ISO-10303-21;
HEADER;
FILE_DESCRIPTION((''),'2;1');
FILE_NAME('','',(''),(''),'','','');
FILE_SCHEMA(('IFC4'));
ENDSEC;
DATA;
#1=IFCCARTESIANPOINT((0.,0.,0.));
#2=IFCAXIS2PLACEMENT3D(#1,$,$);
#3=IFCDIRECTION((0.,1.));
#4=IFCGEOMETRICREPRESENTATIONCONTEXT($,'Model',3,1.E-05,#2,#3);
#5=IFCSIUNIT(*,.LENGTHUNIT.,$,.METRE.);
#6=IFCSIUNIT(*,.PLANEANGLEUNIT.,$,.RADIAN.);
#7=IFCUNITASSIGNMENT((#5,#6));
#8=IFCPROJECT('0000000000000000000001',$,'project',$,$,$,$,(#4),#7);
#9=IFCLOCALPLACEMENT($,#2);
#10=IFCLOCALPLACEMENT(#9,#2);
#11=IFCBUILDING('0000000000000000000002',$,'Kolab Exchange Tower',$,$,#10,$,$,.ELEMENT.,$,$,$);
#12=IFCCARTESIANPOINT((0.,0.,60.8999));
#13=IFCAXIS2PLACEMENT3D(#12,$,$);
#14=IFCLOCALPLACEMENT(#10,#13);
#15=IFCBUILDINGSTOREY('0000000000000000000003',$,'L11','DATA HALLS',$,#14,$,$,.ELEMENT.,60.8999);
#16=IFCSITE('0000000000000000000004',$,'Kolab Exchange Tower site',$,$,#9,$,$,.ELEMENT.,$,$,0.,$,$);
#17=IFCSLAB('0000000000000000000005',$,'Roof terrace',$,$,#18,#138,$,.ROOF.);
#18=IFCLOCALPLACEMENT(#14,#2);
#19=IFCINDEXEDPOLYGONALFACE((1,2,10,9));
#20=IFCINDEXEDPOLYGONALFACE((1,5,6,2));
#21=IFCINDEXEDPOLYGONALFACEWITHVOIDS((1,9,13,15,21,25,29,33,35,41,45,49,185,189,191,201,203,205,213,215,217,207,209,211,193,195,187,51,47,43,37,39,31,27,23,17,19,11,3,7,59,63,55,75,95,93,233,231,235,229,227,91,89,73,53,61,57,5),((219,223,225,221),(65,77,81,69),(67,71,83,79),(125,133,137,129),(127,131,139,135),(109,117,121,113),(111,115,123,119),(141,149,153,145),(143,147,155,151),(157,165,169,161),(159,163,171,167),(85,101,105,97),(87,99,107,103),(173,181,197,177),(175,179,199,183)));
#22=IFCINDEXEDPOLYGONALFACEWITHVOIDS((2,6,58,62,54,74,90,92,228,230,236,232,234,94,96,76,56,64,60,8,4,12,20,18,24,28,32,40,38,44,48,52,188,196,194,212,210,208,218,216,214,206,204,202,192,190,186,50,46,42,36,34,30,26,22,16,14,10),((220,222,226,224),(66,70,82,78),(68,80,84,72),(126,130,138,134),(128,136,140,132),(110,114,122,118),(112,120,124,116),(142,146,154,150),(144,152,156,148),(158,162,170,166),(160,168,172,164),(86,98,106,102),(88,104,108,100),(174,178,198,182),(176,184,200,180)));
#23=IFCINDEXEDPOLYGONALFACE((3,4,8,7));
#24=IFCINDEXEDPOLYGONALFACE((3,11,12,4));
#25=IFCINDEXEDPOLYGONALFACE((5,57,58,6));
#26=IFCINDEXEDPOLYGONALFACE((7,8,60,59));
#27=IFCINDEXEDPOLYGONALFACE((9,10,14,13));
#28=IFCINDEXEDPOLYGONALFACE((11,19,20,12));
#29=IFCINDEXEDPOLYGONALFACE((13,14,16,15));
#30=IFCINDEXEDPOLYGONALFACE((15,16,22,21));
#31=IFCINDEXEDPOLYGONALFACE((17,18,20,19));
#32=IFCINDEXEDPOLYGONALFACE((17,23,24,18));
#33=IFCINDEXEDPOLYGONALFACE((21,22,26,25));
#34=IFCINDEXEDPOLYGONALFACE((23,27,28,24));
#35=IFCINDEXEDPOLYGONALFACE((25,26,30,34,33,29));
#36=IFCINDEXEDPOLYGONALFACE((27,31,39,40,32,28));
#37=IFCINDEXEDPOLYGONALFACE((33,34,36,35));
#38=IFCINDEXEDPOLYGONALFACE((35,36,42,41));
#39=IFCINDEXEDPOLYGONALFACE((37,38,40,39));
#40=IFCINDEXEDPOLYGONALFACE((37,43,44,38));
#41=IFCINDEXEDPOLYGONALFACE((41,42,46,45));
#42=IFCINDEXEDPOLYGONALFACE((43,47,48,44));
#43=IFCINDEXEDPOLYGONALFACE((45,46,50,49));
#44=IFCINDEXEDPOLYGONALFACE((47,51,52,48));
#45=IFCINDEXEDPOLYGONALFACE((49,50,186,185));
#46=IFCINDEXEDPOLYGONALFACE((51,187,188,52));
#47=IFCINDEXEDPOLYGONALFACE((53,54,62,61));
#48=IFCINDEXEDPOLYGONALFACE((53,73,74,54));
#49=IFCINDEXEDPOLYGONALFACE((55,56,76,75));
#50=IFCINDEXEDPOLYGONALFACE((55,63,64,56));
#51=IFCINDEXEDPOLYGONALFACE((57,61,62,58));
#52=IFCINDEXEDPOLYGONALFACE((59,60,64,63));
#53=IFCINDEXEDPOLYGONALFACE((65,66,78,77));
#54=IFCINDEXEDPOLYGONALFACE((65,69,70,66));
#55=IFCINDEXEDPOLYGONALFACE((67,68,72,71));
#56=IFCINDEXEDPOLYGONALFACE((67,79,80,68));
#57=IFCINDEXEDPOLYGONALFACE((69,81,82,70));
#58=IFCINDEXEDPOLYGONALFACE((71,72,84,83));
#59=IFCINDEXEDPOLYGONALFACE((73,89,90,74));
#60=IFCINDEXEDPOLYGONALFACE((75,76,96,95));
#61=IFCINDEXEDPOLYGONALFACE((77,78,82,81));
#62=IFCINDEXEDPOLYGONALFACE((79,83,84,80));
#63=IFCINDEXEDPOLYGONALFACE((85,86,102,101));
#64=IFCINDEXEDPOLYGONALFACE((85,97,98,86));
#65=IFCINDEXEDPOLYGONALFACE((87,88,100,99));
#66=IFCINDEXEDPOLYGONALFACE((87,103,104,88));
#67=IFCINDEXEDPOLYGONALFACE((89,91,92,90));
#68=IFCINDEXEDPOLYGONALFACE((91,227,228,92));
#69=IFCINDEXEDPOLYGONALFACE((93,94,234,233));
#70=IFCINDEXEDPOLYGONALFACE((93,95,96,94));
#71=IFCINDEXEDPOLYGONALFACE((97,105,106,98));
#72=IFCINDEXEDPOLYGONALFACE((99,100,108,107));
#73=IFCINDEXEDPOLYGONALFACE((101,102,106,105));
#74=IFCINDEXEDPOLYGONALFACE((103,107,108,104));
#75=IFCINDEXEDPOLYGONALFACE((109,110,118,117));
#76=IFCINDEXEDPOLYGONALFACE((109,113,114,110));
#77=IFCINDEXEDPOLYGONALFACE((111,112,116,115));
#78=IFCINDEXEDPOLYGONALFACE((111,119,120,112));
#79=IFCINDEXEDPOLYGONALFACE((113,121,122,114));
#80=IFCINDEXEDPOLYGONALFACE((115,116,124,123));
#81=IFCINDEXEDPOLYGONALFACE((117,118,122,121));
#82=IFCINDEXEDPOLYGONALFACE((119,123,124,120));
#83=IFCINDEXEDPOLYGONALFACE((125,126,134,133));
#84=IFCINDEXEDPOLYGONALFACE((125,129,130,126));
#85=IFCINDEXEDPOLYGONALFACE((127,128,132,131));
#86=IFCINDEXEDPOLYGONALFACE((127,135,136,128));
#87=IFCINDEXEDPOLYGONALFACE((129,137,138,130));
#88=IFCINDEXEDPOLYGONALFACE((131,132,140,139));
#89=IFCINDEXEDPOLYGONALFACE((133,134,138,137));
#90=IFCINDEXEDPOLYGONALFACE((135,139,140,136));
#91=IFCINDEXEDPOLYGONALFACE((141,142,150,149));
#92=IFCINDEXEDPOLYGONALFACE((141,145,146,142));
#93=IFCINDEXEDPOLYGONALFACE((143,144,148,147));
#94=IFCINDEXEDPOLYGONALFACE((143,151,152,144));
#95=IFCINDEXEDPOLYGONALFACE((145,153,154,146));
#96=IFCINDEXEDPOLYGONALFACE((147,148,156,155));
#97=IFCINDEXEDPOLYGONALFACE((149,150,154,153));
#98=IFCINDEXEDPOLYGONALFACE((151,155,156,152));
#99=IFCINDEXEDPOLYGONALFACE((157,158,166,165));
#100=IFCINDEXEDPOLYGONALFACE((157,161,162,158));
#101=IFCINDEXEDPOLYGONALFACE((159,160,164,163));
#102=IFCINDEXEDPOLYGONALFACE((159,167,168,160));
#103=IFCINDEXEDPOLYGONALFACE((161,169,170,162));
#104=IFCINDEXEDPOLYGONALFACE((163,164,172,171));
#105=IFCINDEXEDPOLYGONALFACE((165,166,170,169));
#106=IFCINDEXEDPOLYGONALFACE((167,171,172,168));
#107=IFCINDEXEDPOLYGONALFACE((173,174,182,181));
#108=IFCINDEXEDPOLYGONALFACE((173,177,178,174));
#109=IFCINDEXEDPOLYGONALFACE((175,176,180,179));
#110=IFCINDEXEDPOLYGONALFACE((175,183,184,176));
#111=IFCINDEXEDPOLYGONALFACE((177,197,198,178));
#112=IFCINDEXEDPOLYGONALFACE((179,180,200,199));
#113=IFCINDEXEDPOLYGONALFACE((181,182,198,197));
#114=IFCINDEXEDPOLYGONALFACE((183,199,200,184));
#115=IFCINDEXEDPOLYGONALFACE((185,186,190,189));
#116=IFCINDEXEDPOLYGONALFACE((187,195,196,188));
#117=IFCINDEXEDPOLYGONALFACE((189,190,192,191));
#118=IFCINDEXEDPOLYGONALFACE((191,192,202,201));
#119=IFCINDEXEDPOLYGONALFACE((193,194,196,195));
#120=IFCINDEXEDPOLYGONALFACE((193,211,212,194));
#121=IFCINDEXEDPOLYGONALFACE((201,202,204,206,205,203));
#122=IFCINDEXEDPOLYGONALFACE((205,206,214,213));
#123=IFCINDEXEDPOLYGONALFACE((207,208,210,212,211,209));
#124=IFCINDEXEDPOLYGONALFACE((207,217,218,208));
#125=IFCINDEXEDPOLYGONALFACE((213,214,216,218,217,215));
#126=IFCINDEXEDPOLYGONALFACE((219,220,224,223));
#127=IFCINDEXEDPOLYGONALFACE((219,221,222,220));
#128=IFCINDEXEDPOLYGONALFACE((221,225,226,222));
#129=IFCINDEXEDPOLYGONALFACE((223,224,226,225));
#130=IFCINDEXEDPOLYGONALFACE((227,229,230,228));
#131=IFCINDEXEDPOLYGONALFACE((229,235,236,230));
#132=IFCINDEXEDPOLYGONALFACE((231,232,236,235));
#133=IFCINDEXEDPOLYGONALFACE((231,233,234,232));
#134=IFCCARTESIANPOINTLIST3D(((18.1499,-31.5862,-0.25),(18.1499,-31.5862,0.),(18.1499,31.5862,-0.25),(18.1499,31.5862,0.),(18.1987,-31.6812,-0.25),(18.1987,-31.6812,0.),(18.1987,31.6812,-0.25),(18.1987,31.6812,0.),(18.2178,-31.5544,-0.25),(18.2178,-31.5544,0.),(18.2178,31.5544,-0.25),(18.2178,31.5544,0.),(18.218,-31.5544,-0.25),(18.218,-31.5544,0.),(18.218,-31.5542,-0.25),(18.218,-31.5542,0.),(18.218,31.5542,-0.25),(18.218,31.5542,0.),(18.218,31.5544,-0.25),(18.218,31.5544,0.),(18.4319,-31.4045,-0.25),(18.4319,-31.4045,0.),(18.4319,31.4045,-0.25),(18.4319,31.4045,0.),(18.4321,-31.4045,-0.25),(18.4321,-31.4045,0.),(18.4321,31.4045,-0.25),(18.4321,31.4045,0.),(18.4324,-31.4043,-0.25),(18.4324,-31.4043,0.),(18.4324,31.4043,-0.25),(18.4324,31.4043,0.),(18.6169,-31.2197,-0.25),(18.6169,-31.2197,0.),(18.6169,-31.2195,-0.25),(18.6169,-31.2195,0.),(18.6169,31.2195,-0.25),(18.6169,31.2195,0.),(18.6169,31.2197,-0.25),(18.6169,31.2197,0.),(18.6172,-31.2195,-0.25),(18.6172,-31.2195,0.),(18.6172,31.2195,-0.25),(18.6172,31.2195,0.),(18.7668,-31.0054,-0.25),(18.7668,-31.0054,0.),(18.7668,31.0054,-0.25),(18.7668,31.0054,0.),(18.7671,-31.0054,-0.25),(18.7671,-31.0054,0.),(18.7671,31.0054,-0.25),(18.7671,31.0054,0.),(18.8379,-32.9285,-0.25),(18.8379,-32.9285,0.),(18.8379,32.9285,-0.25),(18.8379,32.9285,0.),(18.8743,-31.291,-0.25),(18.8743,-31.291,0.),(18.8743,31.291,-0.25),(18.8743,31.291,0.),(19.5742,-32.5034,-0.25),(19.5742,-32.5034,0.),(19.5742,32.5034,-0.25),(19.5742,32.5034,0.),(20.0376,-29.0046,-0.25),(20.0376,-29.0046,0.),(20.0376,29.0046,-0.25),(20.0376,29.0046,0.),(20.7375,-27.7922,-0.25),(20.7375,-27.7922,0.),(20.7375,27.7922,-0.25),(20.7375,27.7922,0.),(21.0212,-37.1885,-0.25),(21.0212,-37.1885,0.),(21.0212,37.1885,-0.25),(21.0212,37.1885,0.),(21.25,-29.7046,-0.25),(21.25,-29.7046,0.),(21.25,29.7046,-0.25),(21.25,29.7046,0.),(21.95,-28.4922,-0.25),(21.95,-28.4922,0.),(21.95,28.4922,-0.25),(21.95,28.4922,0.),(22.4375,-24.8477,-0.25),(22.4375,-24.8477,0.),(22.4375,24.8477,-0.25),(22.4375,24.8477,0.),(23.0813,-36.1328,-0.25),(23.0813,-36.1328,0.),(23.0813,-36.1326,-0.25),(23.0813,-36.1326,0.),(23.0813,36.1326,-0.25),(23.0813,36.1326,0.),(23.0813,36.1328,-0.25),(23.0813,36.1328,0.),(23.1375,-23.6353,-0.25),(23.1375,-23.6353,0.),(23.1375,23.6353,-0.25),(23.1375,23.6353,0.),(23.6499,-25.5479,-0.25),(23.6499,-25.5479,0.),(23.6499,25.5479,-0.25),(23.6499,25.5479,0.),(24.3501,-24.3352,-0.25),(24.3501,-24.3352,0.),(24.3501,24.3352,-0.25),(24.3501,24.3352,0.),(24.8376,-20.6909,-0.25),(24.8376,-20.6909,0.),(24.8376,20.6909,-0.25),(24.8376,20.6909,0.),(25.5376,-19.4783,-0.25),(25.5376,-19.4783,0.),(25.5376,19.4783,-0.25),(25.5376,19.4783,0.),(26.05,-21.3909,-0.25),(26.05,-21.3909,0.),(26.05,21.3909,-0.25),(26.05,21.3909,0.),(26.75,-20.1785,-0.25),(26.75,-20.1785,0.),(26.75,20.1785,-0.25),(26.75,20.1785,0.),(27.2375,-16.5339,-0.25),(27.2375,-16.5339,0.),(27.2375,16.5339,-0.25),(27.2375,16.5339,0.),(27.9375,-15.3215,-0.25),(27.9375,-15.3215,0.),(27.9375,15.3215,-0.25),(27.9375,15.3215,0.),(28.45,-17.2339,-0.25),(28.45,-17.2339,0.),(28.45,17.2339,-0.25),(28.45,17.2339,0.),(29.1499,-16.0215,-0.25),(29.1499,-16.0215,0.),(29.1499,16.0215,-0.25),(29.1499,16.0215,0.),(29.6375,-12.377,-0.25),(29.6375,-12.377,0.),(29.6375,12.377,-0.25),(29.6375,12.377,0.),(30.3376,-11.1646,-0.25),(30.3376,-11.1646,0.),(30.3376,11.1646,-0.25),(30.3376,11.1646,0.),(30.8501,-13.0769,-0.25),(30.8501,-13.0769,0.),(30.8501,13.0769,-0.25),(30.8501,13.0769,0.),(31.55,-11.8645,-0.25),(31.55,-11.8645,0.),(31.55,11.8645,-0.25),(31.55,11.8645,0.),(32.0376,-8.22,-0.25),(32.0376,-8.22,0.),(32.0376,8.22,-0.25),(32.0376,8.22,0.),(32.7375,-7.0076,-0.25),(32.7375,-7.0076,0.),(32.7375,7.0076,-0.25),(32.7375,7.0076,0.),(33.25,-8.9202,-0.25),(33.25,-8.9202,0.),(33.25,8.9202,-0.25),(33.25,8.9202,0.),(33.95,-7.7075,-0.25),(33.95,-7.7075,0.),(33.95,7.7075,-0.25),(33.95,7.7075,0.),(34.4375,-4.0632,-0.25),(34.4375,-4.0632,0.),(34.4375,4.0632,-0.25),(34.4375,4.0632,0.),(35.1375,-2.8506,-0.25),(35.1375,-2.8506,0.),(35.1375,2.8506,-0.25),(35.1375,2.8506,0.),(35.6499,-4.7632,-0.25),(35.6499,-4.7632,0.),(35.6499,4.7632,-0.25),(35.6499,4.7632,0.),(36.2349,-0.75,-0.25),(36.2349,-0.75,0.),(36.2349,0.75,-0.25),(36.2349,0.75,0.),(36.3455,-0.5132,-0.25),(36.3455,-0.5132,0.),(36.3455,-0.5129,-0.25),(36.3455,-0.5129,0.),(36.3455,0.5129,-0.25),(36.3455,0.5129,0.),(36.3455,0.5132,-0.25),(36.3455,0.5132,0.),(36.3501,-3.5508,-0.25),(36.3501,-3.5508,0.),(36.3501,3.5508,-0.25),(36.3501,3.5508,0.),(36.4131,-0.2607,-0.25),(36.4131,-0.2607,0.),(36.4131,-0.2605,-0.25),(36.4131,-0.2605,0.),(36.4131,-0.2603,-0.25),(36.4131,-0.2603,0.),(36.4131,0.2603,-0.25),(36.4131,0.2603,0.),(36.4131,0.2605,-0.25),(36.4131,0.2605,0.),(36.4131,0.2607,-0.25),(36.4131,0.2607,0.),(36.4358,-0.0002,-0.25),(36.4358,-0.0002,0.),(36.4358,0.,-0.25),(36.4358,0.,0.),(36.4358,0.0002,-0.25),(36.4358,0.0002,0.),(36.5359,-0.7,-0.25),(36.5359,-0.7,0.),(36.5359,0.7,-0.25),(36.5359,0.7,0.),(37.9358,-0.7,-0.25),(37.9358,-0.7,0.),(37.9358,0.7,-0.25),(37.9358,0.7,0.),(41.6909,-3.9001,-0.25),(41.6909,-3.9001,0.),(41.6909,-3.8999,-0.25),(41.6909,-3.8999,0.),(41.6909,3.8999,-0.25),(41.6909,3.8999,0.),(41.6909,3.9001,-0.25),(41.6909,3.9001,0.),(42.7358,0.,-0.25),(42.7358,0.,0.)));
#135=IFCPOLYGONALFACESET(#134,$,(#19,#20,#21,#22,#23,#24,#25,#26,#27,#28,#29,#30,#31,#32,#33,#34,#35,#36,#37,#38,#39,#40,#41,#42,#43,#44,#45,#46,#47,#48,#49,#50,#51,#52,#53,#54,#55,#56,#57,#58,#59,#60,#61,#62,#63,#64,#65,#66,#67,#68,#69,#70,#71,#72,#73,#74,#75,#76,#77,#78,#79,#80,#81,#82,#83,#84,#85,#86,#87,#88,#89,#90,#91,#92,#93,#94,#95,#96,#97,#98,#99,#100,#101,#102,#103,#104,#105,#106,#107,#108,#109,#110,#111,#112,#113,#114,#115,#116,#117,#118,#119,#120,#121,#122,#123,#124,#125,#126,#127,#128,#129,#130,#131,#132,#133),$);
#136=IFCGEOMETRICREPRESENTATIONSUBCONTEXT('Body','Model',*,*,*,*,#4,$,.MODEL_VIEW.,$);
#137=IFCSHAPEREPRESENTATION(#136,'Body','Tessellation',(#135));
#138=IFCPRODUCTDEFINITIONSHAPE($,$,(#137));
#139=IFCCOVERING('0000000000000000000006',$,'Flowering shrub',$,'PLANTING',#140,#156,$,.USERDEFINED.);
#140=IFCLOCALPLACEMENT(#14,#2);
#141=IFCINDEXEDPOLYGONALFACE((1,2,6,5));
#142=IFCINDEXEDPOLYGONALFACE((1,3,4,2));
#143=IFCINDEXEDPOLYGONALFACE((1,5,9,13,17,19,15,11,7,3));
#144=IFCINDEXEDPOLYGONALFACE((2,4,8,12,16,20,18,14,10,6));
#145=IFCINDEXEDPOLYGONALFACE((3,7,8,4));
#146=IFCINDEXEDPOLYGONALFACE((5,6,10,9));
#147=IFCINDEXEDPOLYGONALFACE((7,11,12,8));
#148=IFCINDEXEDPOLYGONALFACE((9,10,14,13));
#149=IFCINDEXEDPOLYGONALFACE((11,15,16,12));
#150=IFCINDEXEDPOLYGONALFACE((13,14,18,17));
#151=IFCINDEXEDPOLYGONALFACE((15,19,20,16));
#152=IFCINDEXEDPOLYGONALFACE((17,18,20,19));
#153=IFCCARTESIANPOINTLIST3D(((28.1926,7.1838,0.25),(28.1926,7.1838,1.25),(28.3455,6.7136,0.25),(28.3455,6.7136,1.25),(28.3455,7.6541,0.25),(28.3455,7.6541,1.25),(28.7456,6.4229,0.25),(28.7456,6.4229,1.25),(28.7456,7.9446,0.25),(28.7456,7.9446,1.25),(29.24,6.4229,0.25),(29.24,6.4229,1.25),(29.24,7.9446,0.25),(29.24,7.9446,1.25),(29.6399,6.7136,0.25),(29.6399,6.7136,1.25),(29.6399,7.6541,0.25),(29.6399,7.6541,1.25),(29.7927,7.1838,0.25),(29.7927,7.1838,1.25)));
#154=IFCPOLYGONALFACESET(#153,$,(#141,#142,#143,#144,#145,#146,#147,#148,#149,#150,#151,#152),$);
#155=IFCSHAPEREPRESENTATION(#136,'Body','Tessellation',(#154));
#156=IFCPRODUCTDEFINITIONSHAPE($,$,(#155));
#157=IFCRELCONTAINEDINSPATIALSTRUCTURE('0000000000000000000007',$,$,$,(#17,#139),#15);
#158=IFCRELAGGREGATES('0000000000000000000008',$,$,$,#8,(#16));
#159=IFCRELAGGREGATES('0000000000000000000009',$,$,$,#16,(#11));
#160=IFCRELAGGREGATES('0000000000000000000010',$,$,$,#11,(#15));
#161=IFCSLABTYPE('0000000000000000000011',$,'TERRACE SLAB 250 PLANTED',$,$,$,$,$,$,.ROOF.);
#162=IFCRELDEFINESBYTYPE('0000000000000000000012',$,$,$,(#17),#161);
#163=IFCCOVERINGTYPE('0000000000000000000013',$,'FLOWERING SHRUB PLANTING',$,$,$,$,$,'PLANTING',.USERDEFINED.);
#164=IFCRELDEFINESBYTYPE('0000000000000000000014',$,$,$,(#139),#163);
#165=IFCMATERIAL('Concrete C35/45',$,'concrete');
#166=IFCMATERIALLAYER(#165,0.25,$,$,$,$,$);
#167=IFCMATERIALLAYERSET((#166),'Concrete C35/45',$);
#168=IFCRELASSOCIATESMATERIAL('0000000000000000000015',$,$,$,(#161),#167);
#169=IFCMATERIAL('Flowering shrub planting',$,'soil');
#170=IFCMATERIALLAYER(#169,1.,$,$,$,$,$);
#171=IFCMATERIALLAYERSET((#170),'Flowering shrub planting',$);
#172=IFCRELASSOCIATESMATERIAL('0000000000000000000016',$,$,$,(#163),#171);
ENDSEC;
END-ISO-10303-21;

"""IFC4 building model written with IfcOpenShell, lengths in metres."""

from ifc_helpers import new_model, si_unit, direction, frame, origin, place, context, subcontext, project, spatial, polyline, outline, extrude, material, layer, layer_set, type_object, element, save


model = new_model("IFC4")

# Units and contexts
model_context = context("Model", 3, precision=1e-05, world=origin(), true_north=direction((0.0, 1.0)))
body_context = subcontext(model_context, "Body", "Model", "MODEL_VIEW")
ifc_project = project(units=[si_unit("LENGTHUNIT", "METRE"), si_unit("PLANEANGLEUNIT", "RADIAN")], contexts=[model_context])

# Site, building, storey
site_placement = place(None, origin())
site = spatial("IfcSite", under=ifc_project, at=site_placement, Name="Kolab Exchange Tower site", CompositionType="ELEMENT", RefElevation=0.0)
building_placement = place(site_placement, origin())
building = spatial("IfcBuilding", under=site, at=building_placement, Name="Kolab Exchange Tower", CompositionType="ELEMENT")
storey_placement = place(building_placement, frame((0.0, 0.0, 60.8999)))
storey = spatial("IfcBuildingStorey", under=building, at=storey_placement, Name="L11", Description="DATA HALLS", CompositionType="ELEMENT", Elevation=60.8999)

# Slab
ifc_material_1 = material(Name="Concrete C35/45", Category="concrete")
ifc_layer_1 = layer(ifc_material_1, 0.25)
ifc_layer_set_1 = layer_set([ifc_layer_1], Name="Concrete C35/45")
slab_type_1 = type_object("IfcSlabType", Name="TERRACE SLAB 250 PLANTED", PredefinedType="ROOF", material=ifc_layer_set_1)
slab_1_placement = place(storey_placement, frame((0.0, 0.0, -0.25)))
element("IfcSlab", 1, at=slab_1_placement, inside=storey, type_object=slab_type_1, Name="Roof terrace", PredefinedType="ROOF", context=body_context, shape_type="SweptSolid", body=[
    extrude(outline(polyline([(18.1499, 31.5862), (18.2178, 31.5544), (18.218, 31.5544), (18.218, 31.5542), (18.4319, 31.4045), (18.4321, 31.4045), (18.4324, 31.4043), (18.6169, 31.2197), (18.6169, 31.2195), (18.6172, 31.2195), (18.7668, 31.0054), (18.7671, 31.0054), (36.2349, 0.75), (36.3455, 0.5132), (36.3455, 0.5129), (36.4131, 0.2607), (36.4131, 0.2605), (36.4131, 0.2603), (36.4358, 0.0002), (36.4358, 0.0), (36.4358, -0.0002), (36.4131, -0.2603), (36.4131, -0.2605), (36.4131, -0.2607), (36.3455, -0.5129), (36.3455, -0.5132), (36.2349, -0.75), (18.7671, -31.0054), (18.7668, -31.0054), (18.6172, -31.2195), (18.6169, -31.2195), (18.6169, -31.2197), (18.4324, -31.4043), (18.4321, -31.4045), (18.4319, -31.4045), (18.218, -31.5542), (18.218, -31.5544), (18.2178, -31.5544), (18.1499, -31.5862), (18.1987, -31.6812), (18.8743, -31.291), (19.5742, -32.5034), (18.8379, -32.9285), (21.0212, -37.1885), (23.0813, -36.1328), (23.0813, -36.1326), (41.6909, -3.9001), (41.6909, -3.8999), (42.7358, 0.0), (41.6909, 3.8999), (41.6909, 3.9001), (23.0813, 36.1326), (23.0813, 36.1328), (21.0212, 37.1885), (18.8379, 32.9285), (19.5742, 32.5034), (18.8743, 31.291), (18.1987, 31.6812), (18.1499, 31.5862)]), holes=[polyline([(20.0376, -29.0046), (20.7375, -27.7922), (21.95, -28.4922), (21.25, -29.7046), (20.0376, -29.0046)]), polyline([(22.4375, -24.8477), (23.1375, -23.6353), (24.3501, -24.3352), (23.6499, -25.5479), (22.4375, -24.8477)]), polyline([(25.5376, -19.4783), (26.75, -20.1785), (26.05, -21.3909), (24.8376, -20.6909), (25.5376, -19.4783)]), polyline([(27.2375, -16.5339), (27.9375, -15.3215), (29.1499, -16.0215), (28.45, -17.2339), (27.2375, -16.5339)]), polyline([(30.3376, -11.1646), (31.55, -11.8645), (30.8501, -13.0769), (29.6375, -12.377), (30.3376, -11.1646)]), polyline([(32.0376, -8.22), (32.7375, -7.0076), (33.95, -7.7075), (33.25, -8.9202), (32.0376, -8.22)]), polyline([(35.1375, -2.8506), (36.3501, -3.5508), (35.6499, -4.7632), (34.4375, -4.0632), (35.1375, -2.8506)]), polyline([(37.9358, 0.7), (37.9358, -0.7), (36.5359, -0.7), (36.5359, 0.7), (37.9358, 0.7)]), polyline([(35.6499, 4.7632), (36.3501, 3.5508), (35.1375, 2.8506), (34.4375, 4.0632), (35.6499, 4.7632)]), polyline([(32.0376, 8.22), (33.25, 8.9202), (33.95, 7.7075), (32.7375, 7.0076), (32.0376, 8.22)]), polyline([(30.8501, 13.0769), (31.55, 11.8645), (30.3376, 11.1646), (29.6375, 12.377), (30.8501, 13.0769)]), polyline([(28.45, 17.2339), (29.1499, 16.0215), (27.9375, 15.3215), (27.2375, 16.5339), (28.45, 17.2339)]), polyline([(26.05, 21.3909), (26.75, 20.1785), (25.5376, 19.4783), (24.8376, 20.6909), (26.05, 21.3909)]), polyline([(23.6499, 25.5479), (24.3501, 24.3352), (23.1375, 23.6353), (22.4375, 24.8477), (23.6499, 25.5479)]), polyline([(20.0376, 29.0046), (21.25, 29.7046), (21.95, 28.4922), (20.7375, 27.7922), (20.0376, 29.0046)])]), origin(), (0.0, 0.0, 1.0), 0.25),
])

# Covering
ifc_material_2 = material(Name="Flowering shrub planting", Category="soil")
ifc_layer_2 = layer(ifc_material_2, 1.0)
ifc_layer_set_2 = layer_set([ifc_layer_2], Name="Flowering shrub planting")
covering_type_1 = type_object("IfcCoveringType", Name="FLOWERING SHRUB PLANTING", ElementType="PLANTING", PredefinedType="USERDEFINED", material=ifc_layer_set_2)
covering_1_placement = place(storey_placement, frame((0.0, 0.0, 0.25)))
element("IfcCovering", 2, at=covering_1_placement, inside=storey, type_object=covering_type_1, Name="Flowering shrub", ObjectType="PLANTING", PredefinedType="USERDEFINED", context=body_context, shape_type="SweptSolid", body=[
    extrude(outline(polyline([(29.7927, 7.1838), (29.6399, 7.6541), (29.24, 7.9446), (28.7456, 7.9446), (28.3455, 7.6541), (28.1926, 7.1838), (28.3455, 6.7136), (28.7456, 6.4229), (29.24, 6.4229), (29.6399, 6.7136), (29.7927, 7.1838)])), origin(), (0.0, 0.0, 1.0), 1.0),
])

save(model, "model.ifc")
